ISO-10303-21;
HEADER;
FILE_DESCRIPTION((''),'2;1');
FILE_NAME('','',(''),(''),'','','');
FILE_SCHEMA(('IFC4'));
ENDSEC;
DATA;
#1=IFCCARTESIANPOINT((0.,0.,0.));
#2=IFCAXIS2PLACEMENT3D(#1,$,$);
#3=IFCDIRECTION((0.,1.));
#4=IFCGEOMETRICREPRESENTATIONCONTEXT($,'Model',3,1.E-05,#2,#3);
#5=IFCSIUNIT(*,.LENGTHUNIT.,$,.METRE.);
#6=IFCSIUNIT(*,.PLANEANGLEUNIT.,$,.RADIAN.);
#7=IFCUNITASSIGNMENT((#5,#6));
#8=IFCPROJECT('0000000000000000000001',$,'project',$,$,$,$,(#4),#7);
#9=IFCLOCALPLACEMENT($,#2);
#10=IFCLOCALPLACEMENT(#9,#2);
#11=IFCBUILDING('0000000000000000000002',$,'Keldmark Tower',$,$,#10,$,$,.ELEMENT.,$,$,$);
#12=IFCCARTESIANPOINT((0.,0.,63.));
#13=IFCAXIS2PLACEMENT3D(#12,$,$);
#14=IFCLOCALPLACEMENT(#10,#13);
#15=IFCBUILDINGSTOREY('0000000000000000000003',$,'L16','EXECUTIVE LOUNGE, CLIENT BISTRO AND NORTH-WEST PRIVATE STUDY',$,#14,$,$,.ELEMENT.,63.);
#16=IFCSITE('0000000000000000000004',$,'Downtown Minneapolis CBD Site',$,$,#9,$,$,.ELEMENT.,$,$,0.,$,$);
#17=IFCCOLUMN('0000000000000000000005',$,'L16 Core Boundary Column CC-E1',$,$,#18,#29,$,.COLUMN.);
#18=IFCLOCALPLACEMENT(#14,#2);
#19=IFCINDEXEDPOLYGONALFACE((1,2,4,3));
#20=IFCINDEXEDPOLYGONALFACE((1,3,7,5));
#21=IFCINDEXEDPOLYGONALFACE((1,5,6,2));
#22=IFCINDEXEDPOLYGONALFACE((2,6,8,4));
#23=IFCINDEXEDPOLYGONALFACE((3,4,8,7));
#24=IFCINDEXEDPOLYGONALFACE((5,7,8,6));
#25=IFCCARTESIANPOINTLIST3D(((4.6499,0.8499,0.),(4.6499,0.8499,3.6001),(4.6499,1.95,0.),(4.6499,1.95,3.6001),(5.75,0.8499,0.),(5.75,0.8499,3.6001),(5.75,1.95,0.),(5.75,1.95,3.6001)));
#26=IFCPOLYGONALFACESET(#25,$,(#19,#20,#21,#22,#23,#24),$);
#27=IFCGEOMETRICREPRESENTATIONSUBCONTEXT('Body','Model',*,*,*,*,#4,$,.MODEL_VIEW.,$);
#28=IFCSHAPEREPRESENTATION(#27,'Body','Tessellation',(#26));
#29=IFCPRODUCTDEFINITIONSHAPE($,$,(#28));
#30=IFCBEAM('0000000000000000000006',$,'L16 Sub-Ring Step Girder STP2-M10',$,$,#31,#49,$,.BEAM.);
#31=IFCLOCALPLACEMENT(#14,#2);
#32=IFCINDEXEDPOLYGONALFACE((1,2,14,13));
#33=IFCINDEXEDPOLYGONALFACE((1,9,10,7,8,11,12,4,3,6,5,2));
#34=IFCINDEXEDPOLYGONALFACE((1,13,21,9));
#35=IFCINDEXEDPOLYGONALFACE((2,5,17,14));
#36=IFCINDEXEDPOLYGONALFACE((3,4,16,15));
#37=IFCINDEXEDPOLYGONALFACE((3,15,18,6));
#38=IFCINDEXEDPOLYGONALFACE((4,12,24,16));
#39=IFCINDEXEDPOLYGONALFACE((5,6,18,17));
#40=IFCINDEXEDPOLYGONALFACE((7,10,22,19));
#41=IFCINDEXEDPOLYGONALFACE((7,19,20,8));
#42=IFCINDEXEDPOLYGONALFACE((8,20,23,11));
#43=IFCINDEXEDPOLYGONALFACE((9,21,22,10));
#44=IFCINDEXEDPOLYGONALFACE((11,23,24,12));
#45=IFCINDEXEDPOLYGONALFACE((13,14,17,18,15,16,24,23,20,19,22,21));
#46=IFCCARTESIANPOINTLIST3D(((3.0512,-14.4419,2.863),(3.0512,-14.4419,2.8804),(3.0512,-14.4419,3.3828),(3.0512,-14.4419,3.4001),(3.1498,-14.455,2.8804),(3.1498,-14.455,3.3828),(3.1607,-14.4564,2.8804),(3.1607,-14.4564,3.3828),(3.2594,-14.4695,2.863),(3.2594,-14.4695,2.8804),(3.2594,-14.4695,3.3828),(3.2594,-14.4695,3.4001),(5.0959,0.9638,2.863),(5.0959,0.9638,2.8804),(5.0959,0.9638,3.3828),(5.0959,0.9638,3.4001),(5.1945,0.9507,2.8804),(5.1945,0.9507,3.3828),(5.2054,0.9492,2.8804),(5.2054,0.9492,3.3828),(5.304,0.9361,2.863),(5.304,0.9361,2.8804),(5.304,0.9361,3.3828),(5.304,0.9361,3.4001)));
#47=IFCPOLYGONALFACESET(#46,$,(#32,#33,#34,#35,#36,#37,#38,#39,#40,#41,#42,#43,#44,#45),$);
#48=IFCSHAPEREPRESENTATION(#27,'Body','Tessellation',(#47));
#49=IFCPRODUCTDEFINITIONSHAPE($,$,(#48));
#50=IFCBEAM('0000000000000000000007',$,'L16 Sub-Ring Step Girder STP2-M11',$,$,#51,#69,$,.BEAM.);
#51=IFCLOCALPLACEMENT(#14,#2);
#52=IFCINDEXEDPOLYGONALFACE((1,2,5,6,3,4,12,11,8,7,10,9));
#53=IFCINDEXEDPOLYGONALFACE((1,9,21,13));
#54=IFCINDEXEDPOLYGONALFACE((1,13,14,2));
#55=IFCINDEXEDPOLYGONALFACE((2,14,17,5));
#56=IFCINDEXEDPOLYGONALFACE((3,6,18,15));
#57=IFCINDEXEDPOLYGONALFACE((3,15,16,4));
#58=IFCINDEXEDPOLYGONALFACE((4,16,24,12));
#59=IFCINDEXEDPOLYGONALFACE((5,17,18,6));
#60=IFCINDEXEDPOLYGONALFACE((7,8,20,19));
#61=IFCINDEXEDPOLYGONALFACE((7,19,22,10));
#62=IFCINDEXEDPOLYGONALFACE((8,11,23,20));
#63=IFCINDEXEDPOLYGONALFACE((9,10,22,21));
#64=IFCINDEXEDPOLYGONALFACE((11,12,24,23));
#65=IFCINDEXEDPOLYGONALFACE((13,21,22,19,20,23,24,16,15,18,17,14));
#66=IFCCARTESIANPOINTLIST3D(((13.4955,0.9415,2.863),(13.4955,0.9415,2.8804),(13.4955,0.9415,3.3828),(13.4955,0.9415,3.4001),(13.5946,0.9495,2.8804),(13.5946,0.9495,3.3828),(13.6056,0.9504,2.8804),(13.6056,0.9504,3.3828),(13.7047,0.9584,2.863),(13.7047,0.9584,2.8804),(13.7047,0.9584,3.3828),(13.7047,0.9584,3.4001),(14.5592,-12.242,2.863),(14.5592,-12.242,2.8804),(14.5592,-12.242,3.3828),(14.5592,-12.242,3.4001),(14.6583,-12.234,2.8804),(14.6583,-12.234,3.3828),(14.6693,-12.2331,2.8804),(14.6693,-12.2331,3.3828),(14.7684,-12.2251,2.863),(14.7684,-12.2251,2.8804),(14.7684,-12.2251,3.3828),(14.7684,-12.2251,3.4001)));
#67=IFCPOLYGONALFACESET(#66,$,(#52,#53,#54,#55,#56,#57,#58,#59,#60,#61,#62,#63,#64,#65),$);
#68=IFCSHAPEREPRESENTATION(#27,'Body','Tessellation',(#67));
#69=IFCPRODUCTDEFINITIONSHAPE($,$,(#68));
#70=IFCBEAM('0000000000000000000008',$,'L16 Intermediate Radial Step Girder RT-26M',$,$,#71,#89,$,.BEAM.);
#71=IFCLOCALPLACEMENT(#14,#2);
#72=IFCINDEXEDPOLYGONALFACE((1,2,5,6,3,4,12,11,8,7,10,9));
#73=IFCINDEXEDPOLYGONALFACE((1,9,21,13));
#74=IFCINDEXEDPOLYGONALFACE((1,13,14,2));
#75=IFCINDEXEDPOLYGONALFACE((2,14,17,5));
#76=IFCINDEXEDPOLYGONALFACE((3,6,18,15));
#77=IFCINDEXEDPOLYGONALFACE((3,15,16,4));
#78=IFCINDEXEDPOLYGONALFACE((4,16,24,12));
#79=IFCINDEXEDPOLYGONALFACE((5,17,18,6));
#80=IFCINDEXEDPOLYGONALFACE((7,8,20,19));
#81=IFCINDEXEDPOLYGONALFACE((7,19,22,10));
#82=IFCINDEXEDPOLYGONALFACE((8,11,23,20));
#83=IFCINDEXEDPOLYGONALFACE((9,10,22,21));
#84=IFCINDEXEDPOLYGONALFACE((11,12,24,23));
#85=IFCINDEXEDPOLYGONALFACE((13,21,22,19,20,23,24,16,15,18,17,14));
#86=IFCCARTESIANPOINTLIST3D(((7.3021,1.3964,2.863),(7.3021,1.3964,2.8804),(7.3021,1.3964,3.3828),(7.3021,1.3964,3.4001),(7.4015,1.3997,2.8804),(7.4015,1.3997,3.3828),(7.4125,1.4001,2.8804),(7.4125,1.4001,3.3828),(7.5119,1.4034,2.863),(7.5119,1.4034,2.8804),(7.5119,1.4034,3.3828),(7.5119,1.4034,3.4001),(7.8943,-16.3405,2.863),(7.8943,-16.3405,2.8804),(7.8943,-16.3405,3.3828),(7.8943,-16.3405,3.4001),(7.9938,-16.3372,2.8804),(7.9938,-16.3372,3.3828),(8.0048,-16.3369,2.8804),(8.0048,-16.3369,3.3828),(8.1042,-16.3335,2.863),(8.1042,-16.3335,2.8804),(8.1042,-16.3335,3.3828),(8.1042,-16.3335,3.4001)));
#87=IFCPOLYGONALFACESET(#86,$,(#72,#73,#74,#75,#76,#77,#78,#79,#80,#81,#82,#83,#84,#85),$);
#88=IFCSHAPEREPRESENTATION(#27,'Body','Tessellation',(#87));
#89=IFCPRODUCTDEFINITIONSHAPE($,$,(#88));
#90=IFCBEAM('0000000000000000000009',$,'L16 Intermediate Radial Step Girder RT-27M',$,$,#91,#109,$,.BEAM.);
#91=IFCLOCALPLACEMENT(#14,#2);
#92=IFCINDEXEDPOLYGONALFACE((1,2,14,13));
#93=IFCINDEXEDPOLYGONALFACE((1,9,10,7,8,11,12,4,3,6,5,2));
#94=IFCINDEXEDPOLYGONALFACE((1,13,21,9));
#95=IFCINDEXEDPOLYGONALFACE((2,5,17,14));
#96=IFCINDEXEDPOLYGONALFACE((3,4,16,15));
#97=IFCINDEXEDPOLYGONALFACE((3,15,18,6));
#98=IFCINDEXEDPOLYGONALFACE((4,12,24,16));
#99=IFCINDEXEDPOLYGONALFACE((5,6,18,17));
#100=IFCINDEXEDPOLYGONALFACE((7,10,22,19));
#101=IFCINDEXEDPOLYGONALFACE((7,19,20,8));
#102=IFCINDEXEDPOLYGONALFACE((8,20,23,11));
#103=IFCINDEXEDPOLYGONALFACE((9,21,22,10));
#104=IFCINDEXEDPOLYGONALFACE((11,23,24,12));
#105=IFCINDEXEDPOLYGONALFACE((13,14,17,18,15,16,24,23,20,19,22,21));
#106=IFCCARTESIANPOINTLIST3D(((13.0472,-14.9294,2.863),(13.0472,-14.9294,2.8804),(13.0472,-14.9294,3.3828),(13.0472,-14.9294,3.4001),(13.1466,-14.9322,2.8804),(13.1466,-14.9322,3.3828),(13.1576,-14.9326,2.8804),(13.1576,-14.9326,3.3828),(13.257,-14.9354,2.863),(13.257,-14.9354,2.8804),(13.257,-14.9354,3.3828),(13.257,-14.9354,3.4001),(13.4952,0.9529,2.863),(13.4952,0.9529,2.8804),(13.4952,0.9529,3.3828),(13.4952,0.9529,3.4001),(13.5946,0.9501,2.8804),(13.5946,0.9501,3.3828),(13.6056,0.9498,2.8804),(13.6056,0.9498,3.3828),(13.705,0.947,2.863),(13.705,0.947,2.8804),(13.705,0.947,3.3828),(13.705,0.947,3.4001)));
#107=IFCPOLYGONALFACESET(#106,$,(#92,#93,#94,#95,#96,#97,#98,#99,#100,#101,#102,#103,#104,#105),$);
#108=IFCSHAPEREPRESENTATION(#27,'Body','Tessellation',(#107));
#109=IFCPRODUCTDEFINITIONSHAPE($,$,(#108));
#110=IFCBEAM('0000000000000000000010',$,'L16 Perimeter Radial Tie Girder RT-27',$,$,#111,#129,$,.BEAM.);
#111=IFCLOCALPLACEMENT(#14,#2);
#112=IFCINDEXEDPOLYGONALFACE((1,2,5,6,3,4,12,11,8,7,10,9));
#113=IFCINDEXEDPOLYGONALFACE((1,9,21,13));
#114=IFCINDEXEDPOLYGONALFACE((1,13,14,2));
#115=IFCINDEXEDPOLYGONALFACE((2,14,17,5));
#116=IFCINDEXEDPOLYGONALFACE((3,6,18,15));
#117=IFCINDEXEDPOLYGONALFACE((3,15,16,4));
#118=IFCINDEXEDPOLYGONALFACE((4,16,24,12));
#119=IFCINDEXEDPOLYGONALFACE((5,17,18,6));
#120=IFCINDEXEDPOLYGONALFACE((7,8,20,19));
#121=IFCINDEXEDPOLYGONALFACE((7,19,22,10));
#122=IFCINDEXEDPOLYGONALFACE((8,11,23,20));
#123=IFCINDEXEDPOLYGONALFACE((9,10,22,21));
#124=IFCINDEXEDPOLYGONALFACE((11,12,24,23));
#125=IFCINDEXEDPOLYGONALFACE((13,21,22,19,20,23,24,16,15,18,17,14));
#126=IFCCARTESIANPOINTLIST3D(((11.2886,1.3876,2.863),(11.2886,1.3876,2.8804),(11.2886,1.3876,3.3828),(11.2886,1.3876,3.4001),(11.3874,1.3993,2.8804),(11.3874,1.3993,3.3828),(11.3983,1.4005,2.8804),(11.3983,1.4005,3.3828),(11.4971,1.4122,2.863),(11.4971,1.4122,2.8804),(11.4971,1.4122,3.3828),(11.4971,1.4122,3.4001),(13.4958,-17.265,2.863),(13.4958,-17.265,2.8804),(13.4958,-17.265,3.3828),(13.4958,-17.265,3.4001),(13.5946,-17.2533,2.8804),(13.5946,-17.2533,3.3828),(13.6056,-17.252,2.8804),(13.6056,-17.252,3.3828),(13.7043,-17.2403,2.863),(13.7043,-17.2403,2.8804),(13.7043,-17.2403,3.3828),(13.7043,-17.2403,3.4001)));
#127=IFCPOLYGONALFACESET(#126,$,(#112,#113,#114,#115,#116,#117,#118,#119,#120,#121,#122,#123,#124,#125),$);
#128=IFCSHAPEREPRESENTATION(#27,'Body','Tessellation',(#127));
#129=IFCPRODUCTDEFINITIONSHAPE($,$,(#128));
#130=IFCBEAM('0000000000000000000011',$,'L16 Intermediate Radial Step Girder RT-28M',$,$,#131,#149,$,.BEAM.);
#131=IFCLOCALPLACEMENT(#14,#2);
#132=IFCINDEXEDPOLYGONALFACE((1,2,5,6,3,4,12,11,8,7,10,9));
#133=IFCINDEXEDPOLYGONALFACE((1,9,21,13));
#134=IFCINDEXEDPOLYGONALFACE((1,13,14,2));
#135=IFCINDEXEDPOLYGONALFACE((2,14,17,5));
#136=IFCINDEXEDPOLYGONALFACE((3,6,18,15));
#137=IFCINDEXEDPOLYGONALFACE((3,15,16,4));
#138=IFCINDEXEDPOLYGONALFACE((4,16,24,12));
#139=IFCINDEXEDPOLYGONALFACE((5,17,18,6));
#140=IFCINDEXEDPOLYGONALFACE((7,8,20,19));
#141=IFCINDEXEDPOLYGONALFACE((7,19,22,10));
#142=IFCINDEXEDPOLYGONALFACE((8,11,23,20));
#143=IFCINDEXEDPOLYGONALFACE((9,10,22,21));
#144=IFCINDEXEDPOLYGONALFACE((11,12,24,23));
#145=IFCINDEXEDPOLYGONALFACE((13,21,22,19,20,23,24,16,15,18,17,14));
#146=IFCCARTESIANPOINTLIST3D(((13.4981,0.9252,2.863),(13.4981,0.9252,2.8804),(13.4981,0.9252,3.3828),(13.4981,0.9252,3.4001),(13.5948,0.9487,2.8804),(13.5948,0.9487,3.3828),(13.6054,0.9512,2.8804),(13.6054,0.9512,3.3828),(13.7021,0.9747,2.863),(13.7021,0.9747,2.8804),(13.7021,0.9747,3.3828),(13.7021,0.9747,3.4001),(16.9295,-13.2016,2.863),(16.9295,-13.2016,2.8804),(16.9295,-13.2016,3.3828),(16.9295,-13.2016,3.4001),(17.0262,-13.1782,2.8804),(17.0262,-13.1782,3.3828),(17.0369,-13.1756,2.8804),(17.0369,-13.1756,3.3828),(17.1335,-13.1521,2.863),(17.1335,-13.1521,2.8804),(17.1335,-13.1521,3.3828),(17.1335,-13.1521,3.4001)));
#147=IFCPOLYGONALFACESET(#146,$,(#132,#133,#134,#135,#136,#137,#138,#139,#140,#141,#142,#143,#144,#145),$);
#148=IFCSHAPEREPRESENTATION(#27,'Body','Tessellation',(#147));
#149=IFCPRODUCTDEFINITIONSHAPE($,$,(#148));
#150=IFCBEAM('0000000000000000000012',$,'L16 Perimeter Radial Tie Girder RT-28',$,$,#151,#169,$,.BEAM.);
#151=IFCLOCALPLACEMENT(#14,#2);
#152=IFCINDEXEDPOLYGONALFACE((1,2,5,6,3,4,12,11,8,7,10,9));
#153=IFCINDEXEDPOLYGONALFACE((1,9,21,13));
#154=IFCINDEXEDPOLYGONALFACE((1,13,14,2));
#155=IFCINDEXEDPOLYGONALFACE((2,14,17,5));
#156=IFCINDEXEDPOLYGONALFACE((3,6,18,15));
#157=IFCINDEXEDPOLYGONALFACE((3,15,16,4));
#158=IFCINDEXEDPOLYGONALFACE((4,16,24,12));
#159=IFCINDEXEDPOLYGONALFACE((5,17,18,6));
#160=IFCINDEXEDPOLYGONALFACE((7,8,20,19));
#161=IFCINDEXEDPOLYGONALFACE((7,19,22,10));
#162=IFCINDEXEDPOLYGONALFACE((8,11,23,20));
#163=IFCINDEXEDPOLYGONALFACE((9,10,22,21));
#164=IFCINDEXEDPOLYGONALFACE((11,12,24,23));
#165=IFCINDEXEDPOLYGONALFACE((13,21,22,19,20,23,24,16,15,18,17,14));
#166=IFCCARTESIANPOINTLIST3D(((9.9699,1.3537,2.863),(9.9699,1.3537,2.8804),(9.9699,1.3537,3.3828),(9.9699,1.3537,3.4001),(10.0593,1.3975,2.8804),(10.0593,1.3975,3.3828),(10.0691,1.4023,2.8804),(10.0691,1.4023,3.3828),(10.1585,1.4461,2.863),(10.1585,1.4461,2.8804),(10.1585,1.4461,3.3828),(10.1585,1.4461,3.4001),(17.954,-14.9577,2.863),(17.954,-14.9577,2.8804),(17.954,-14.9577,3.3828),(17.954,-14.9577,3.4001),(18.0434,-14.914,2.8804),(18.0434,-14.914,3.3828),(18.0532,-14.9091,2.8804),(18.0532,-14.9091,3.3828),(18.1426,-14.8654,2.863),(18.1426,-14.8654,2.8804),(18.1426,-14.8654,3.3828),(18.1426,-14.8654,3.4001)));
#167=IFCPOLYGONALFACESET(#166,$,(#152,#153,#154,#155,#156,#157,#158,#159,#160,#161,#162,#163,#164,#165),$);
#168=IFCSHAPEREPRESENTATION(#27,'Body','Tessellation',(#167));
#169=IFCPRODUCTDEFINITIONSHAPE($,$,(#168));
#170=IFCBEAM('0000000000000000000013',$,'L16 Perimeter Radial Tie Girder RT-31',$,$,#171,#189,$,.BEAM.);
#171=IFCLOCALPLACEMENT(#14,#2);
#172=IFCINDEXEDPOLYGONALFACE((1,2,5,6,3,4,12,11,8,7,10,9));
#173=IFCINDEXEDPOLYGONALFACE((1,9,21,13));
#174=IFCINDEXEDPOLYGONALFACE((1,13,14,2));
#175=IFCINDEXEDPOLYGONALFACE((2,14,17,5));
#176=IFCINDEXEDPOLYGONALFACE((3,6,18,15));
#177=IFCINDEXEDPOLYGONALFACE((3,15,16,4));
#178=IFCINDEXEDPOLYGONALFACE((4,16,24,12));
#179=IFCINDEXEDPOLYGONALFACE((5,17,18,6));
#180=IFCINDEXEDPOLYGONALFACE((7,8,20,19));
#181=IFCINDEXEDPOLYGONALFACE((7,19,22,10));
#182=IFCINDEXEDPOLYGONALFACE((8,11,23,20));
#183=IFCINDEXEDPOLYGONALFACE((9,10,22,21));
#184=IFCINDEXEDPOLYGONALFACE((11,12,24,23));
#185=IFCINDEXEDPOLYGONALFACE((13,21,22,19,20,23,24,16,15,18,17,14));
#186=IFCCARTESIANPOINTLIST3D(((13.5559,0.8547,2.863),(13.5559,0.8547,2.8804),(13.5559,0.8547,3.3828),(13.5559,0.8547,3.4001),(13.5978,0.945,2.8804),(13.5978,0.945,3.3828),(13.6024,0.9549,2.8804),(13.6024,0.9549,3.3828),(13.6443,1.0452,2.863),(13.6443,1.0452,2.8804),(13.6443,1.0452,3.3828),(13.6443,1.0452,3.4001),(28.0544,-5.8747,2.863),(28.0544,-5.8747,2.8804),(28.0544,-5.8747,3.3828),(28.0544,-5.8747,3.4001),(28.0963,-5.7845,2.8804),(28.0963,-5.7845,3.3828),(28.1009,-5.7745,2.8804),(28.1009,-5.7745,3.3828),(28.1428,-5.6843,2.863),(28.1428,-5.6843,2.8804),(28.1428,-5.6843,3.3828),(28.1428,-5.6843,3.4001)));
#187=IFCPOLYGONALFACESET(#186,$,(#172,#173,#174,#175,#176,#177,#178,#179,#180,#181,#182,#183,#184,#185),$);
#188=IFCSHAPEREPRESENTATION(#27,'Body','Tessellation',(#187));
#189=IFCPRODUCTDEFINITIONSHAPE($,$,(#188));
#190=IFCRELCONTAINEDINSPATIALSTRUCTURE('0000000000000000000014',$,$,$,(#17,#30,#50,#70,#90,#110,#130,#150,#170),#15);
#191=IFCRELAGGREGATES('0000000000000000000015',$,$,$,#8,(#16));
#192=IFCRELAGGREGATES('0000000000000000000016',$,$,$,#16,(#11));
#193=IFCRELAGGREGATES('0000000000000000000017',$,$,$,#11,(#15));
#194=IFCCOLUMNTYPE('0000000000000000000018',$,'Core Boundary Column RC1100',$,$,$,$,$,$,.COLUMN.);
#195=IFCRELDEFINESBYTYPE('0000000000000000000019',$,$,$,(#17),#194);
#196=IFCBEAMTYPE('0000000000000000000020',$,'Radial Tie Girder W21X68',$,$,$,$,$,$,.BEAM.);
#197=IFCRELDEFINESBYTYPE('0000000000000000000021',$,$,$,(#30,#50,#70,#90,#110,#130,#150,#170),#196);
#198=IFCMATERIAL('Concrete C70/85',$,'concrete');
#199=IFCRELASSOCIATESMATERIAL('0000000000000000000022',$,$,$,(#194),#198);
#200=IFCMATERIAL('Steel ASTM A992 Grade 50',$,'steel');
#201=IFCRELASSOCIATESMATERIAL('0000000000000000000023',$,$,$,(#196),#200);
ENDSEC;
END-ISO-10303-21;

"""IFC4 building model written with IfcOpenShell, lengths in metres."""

from ifc_helpers import new_model, si_unit, direction, frame, origin, origin_2d, place, context, subcontext, project, spatial, rectangle, i_section, extrude, material, material_profile, profile_set, type_object, element, save


model = new_model("IFC4")

# Units and contexts
model_context = context("Model", 3, precision=1e-05, world=origin(), true_north=direction((0.0, 1.0)))
body_context = subcontext(model_context, "Body", "Model", "MODEL_VIEW")
ifc_project = project(units=[si_unit("LENGTHUNIT", "METRE"), si_unit("PLANEANGLEUNIT", "RADIAN")], contexts=[model_context])

# Site, building, storey
site_placement = place(None, origin())
site = spatial("IfcSite", under=ifc_project, at=site_placement, Name="Downtown Minneapolis CBD Site", CompositionType="ELEMENT", RefElevation=0.0)
building_placement = place(site_placement, origin())
building = spatial("IfcBuilding", under=site, at=building_placement, Name="Keldmark Tower", CompositionType="ELEMENT")
storey_placement = place(building_placement, frame((0.0, 0.0, 63.0)))
storey = spatial("IfcBuildingStorey", under=building, at=storey_placement, Name="L16", Description="EXECUTIVE LOUNGE, CLIENT BISTRO AND NORTH-WEST PRIVATE STUDY", CompositionType="ELEMENT", Elevation=63.0)

# Column
ifc_material_1 = material(Name="Concrete C70/85", Category="concrete")
ifc_material_profile_1 = material_profile(ifc_material_1, rectangle(XDim=1.1001, YDim=1.1001, at=origin_2d()), Name="RC1100X1100")
ifc_profile_set_1 = profile_set([ifc_material_profile_1], Name="Concrete C70/85")
column_type = type_object("IfcColumnType", Name="Core Boundary Column RC1100", PredefinedType="COLUMN", material=ifc_profile_set_1)
column_placement = place(storey_placement, frame((5.2, 1.3999, 0.0), z_axis=(0.0, 0.0, 1.0), x_axis=(1.0, 0.0, 0.0)))
element("IfcColumn", 1, at=column_placement, inside=storey, type_object=column_type, Name="L16 Core Boundary Column CC-E1", PredefinedType="COLUMN", context=body_context, shape_type="SweptSolid", body=[
    extrude(rectangle(XDim=1.1001, YDim=1.1001, at=origin_2d()), origin(), (0.0, 0.0, 1.0), 3.6001),
])

# Beams
ifc_material_2 = material(Name="Steel ASTM A992 Grade 50", Category="steel")
ifc_material_profile_2 = material_profile(ifc_material_2, i_section(OverallWidth=0.21, OverallDepth=0.5371, WebThickness=0.011, FlangeThickness=0.0173, at=origin_2d()), Name="W21X68")
ifc_profile_set_2 = profile_set([ifc_material_profile_2], Name="Steel ASTM A992 Grade 50")
beam_type = type_object("IfcBeamType", Name="Radial Tie Girder W21X68", PredefinedType="BEAM", material=ifc_profile_set_2)
beam_1_placement = place(storey_placement, frame((5.2, 0.95, 3.1316), z_axis=(-0.131568, -0.991307, 0.0), x_axis=(0.991307, -0.131568, 0.0)))
element("IfcBeam", 2, at=beam_1_placement, inside=storey, type_object=beam_type, Name="L16 Sub-Ring Step Girder STP2-M10", PredefinedType="BEAM", context=body_context, shape_type="SweptSolid", body=[
    extrude(i_section(OverallWidth=0.21, OverallDepth=0.5371, WebThickness=0.011, FlangeThickness=0.0173, at=origin_2d()), origin(), (0.0, 0.0, 1.0), 15.5408),
])
beam_2_placement = place(storey_placement, frame((13.6001, 0.95, 3.1316), z_axis=(0.080424, -0.996761, 0.0), x_axis=(0.996761, 0.080424, 0.0)))
element("IfcBeam", 3, at=beam_2_placement, inside=storey, type_object=beam_type, Name="L16 Sub-Ring Step Girder STP2-M11", PredefinedType="BEAM", context=body_context, shape_type="SweptSolid", body=[
    extrude(i_section(OverallWidth=0.21, OverallDepth=0.5371, WebThickness=0.011, FlangeThickness=0.0173, at=origin_2d()), origin(), (0.0, 0.0, 1.0), 13.2263),
])
beam_3_placement = place(storey_placement, frame((7.407, 1.3999, 3.1316), z_axis=(0.033374, -0.999443, 0.0), x_axis=(0.999443, 0.033374, 0.0)))
element("IfcBeam", 4, at=beam_3_placement, inside=storey, type_object=beam_type, Name="L16 Intermediate Radial Step Girder RT-26M", PredefinedType="BEAM", context=body_context, shape_type="SweptSolid", body=[
    extrude(i_section(OverallWidth=0.21, OverallDepth=0.5371, WebThickness=0.011, FlangeThickness=0.0173, at=origin_2d()), origin(), (0.0, 0.0, 1.0), 17.7468),
])
beam_4_placement = place(storey_placement, frame((13.6001, 0.95, 3.1316), z_axis=(-0.028196, -0.999602, 0.0), x_axis=(0.999602, -0.028196, 0.0)))
element("IfcBeam", 5, at=beam_4_placement, inside=storey, type_object=beam_type, Name="L16 Intermediate Radial Step Girder RT-27M", PredefinedType="BEAM", context=body_context, shape_type="SweptSolid", body=[
    extrude(i_section(OverallWidth=0.21, OverallDepth=0.5371, WebThickness=0.011, FlangeThickness=0.0173, at=origin_2d()), origin(), (0.0, 0.0, 1.0), 15.8887),
])
beam_5_placement = place(storey_placement, frame((11.3928, 1.3999, 3.1316), z_axis=(0.117516, -0.993071, 0.0), x_axis=(0.993071, 0.117516, 0.0)))
element("IfcBeam", 6, at=beam_5_placement, inside=storey, type_object=beam_type, Name="L16 Perimeter Radial Tie Girder RT-27", PredefinedType="BEAM", context=body_context, shape_type="SweptSolid", body=[
    extrude(i_section(OverallWidth=0.21, OverallDepth=0.5371, WebThickness=0.011, FlangeThickness=0.0173, at=origin_2d()), origin(), (0.0, 0.0, 1.0), 18.7827),
])
beam_6_placement = place(storey_placement, frame((13.6001, 0.95, 3.1316), z_axis=(0.236038, -0.971744, 0.0), x_axis=(0.971744, 0.236038, 0.0)))
element("IfcBeam", 7, at=beam_6_placement, inside=storey, type_object=beam_type, Name="L16 Intermediate Radial Step Girder RT-28M", PredefinedType="BEAM", context=body_context, shape_type="SweptSolid", body=[
    extrude(i_section(OverallWidth=0.21, OverallDepth=0.5371, WebThickness=0.011, FlangeThickness=0.0173, at=origin_2d()), origin(), (0.0, 0.0, 1.0), 14.5376),
])
beam_7_placement = place(storey_placement, frame((10.0642, 1.3999, 3.1316), z_axis=(0.439637, -0.898175, 0.0), x_axis=(0.898175, 0.439637, 0.0)))
element("IfcBeam", 8, at=beam_7_placement, inside=storey, type_object=beam_type, Name="L16 Perimeter Radial Tie Girder RT-28", PredefinedType="BEAM", context=body_context, shape_type="SweptSolid", body=[
    extrude(i_section(OverallWidth=0.21, OverallDepth=0.5371, WebThickness=0.011, FlangeThickness=0.0173, at=origin_2d()), origin(), (0.0, 0.0, 1.0), 18.1606),
])
beam_8_placement = place(storey_placement, frame((13.6001, 0.95, 3.1316), z_axis=(0.907056, -0.42101, 0.0), x_axis=(0.42101, 0.907056, 0.0)))
element("IfcBeam", 9, at=beam_8_placement, inside=storey, type_object=beam_type, Name="L16 Perimeter Radial Tie Girder RT-31", PredefinedType="BEAM", context=body_context, shape_type="SweptSolid", body=[
    extrude(i_section(OverallWidth=0.21, OverallDepth=0.5371, WebThickness=0.011, FlangeThickness=0.0173, at=origin_2d()), origin(), (0.0, 0.0, 1.0), 15.9841),
])

save(model, "model.ifc")
